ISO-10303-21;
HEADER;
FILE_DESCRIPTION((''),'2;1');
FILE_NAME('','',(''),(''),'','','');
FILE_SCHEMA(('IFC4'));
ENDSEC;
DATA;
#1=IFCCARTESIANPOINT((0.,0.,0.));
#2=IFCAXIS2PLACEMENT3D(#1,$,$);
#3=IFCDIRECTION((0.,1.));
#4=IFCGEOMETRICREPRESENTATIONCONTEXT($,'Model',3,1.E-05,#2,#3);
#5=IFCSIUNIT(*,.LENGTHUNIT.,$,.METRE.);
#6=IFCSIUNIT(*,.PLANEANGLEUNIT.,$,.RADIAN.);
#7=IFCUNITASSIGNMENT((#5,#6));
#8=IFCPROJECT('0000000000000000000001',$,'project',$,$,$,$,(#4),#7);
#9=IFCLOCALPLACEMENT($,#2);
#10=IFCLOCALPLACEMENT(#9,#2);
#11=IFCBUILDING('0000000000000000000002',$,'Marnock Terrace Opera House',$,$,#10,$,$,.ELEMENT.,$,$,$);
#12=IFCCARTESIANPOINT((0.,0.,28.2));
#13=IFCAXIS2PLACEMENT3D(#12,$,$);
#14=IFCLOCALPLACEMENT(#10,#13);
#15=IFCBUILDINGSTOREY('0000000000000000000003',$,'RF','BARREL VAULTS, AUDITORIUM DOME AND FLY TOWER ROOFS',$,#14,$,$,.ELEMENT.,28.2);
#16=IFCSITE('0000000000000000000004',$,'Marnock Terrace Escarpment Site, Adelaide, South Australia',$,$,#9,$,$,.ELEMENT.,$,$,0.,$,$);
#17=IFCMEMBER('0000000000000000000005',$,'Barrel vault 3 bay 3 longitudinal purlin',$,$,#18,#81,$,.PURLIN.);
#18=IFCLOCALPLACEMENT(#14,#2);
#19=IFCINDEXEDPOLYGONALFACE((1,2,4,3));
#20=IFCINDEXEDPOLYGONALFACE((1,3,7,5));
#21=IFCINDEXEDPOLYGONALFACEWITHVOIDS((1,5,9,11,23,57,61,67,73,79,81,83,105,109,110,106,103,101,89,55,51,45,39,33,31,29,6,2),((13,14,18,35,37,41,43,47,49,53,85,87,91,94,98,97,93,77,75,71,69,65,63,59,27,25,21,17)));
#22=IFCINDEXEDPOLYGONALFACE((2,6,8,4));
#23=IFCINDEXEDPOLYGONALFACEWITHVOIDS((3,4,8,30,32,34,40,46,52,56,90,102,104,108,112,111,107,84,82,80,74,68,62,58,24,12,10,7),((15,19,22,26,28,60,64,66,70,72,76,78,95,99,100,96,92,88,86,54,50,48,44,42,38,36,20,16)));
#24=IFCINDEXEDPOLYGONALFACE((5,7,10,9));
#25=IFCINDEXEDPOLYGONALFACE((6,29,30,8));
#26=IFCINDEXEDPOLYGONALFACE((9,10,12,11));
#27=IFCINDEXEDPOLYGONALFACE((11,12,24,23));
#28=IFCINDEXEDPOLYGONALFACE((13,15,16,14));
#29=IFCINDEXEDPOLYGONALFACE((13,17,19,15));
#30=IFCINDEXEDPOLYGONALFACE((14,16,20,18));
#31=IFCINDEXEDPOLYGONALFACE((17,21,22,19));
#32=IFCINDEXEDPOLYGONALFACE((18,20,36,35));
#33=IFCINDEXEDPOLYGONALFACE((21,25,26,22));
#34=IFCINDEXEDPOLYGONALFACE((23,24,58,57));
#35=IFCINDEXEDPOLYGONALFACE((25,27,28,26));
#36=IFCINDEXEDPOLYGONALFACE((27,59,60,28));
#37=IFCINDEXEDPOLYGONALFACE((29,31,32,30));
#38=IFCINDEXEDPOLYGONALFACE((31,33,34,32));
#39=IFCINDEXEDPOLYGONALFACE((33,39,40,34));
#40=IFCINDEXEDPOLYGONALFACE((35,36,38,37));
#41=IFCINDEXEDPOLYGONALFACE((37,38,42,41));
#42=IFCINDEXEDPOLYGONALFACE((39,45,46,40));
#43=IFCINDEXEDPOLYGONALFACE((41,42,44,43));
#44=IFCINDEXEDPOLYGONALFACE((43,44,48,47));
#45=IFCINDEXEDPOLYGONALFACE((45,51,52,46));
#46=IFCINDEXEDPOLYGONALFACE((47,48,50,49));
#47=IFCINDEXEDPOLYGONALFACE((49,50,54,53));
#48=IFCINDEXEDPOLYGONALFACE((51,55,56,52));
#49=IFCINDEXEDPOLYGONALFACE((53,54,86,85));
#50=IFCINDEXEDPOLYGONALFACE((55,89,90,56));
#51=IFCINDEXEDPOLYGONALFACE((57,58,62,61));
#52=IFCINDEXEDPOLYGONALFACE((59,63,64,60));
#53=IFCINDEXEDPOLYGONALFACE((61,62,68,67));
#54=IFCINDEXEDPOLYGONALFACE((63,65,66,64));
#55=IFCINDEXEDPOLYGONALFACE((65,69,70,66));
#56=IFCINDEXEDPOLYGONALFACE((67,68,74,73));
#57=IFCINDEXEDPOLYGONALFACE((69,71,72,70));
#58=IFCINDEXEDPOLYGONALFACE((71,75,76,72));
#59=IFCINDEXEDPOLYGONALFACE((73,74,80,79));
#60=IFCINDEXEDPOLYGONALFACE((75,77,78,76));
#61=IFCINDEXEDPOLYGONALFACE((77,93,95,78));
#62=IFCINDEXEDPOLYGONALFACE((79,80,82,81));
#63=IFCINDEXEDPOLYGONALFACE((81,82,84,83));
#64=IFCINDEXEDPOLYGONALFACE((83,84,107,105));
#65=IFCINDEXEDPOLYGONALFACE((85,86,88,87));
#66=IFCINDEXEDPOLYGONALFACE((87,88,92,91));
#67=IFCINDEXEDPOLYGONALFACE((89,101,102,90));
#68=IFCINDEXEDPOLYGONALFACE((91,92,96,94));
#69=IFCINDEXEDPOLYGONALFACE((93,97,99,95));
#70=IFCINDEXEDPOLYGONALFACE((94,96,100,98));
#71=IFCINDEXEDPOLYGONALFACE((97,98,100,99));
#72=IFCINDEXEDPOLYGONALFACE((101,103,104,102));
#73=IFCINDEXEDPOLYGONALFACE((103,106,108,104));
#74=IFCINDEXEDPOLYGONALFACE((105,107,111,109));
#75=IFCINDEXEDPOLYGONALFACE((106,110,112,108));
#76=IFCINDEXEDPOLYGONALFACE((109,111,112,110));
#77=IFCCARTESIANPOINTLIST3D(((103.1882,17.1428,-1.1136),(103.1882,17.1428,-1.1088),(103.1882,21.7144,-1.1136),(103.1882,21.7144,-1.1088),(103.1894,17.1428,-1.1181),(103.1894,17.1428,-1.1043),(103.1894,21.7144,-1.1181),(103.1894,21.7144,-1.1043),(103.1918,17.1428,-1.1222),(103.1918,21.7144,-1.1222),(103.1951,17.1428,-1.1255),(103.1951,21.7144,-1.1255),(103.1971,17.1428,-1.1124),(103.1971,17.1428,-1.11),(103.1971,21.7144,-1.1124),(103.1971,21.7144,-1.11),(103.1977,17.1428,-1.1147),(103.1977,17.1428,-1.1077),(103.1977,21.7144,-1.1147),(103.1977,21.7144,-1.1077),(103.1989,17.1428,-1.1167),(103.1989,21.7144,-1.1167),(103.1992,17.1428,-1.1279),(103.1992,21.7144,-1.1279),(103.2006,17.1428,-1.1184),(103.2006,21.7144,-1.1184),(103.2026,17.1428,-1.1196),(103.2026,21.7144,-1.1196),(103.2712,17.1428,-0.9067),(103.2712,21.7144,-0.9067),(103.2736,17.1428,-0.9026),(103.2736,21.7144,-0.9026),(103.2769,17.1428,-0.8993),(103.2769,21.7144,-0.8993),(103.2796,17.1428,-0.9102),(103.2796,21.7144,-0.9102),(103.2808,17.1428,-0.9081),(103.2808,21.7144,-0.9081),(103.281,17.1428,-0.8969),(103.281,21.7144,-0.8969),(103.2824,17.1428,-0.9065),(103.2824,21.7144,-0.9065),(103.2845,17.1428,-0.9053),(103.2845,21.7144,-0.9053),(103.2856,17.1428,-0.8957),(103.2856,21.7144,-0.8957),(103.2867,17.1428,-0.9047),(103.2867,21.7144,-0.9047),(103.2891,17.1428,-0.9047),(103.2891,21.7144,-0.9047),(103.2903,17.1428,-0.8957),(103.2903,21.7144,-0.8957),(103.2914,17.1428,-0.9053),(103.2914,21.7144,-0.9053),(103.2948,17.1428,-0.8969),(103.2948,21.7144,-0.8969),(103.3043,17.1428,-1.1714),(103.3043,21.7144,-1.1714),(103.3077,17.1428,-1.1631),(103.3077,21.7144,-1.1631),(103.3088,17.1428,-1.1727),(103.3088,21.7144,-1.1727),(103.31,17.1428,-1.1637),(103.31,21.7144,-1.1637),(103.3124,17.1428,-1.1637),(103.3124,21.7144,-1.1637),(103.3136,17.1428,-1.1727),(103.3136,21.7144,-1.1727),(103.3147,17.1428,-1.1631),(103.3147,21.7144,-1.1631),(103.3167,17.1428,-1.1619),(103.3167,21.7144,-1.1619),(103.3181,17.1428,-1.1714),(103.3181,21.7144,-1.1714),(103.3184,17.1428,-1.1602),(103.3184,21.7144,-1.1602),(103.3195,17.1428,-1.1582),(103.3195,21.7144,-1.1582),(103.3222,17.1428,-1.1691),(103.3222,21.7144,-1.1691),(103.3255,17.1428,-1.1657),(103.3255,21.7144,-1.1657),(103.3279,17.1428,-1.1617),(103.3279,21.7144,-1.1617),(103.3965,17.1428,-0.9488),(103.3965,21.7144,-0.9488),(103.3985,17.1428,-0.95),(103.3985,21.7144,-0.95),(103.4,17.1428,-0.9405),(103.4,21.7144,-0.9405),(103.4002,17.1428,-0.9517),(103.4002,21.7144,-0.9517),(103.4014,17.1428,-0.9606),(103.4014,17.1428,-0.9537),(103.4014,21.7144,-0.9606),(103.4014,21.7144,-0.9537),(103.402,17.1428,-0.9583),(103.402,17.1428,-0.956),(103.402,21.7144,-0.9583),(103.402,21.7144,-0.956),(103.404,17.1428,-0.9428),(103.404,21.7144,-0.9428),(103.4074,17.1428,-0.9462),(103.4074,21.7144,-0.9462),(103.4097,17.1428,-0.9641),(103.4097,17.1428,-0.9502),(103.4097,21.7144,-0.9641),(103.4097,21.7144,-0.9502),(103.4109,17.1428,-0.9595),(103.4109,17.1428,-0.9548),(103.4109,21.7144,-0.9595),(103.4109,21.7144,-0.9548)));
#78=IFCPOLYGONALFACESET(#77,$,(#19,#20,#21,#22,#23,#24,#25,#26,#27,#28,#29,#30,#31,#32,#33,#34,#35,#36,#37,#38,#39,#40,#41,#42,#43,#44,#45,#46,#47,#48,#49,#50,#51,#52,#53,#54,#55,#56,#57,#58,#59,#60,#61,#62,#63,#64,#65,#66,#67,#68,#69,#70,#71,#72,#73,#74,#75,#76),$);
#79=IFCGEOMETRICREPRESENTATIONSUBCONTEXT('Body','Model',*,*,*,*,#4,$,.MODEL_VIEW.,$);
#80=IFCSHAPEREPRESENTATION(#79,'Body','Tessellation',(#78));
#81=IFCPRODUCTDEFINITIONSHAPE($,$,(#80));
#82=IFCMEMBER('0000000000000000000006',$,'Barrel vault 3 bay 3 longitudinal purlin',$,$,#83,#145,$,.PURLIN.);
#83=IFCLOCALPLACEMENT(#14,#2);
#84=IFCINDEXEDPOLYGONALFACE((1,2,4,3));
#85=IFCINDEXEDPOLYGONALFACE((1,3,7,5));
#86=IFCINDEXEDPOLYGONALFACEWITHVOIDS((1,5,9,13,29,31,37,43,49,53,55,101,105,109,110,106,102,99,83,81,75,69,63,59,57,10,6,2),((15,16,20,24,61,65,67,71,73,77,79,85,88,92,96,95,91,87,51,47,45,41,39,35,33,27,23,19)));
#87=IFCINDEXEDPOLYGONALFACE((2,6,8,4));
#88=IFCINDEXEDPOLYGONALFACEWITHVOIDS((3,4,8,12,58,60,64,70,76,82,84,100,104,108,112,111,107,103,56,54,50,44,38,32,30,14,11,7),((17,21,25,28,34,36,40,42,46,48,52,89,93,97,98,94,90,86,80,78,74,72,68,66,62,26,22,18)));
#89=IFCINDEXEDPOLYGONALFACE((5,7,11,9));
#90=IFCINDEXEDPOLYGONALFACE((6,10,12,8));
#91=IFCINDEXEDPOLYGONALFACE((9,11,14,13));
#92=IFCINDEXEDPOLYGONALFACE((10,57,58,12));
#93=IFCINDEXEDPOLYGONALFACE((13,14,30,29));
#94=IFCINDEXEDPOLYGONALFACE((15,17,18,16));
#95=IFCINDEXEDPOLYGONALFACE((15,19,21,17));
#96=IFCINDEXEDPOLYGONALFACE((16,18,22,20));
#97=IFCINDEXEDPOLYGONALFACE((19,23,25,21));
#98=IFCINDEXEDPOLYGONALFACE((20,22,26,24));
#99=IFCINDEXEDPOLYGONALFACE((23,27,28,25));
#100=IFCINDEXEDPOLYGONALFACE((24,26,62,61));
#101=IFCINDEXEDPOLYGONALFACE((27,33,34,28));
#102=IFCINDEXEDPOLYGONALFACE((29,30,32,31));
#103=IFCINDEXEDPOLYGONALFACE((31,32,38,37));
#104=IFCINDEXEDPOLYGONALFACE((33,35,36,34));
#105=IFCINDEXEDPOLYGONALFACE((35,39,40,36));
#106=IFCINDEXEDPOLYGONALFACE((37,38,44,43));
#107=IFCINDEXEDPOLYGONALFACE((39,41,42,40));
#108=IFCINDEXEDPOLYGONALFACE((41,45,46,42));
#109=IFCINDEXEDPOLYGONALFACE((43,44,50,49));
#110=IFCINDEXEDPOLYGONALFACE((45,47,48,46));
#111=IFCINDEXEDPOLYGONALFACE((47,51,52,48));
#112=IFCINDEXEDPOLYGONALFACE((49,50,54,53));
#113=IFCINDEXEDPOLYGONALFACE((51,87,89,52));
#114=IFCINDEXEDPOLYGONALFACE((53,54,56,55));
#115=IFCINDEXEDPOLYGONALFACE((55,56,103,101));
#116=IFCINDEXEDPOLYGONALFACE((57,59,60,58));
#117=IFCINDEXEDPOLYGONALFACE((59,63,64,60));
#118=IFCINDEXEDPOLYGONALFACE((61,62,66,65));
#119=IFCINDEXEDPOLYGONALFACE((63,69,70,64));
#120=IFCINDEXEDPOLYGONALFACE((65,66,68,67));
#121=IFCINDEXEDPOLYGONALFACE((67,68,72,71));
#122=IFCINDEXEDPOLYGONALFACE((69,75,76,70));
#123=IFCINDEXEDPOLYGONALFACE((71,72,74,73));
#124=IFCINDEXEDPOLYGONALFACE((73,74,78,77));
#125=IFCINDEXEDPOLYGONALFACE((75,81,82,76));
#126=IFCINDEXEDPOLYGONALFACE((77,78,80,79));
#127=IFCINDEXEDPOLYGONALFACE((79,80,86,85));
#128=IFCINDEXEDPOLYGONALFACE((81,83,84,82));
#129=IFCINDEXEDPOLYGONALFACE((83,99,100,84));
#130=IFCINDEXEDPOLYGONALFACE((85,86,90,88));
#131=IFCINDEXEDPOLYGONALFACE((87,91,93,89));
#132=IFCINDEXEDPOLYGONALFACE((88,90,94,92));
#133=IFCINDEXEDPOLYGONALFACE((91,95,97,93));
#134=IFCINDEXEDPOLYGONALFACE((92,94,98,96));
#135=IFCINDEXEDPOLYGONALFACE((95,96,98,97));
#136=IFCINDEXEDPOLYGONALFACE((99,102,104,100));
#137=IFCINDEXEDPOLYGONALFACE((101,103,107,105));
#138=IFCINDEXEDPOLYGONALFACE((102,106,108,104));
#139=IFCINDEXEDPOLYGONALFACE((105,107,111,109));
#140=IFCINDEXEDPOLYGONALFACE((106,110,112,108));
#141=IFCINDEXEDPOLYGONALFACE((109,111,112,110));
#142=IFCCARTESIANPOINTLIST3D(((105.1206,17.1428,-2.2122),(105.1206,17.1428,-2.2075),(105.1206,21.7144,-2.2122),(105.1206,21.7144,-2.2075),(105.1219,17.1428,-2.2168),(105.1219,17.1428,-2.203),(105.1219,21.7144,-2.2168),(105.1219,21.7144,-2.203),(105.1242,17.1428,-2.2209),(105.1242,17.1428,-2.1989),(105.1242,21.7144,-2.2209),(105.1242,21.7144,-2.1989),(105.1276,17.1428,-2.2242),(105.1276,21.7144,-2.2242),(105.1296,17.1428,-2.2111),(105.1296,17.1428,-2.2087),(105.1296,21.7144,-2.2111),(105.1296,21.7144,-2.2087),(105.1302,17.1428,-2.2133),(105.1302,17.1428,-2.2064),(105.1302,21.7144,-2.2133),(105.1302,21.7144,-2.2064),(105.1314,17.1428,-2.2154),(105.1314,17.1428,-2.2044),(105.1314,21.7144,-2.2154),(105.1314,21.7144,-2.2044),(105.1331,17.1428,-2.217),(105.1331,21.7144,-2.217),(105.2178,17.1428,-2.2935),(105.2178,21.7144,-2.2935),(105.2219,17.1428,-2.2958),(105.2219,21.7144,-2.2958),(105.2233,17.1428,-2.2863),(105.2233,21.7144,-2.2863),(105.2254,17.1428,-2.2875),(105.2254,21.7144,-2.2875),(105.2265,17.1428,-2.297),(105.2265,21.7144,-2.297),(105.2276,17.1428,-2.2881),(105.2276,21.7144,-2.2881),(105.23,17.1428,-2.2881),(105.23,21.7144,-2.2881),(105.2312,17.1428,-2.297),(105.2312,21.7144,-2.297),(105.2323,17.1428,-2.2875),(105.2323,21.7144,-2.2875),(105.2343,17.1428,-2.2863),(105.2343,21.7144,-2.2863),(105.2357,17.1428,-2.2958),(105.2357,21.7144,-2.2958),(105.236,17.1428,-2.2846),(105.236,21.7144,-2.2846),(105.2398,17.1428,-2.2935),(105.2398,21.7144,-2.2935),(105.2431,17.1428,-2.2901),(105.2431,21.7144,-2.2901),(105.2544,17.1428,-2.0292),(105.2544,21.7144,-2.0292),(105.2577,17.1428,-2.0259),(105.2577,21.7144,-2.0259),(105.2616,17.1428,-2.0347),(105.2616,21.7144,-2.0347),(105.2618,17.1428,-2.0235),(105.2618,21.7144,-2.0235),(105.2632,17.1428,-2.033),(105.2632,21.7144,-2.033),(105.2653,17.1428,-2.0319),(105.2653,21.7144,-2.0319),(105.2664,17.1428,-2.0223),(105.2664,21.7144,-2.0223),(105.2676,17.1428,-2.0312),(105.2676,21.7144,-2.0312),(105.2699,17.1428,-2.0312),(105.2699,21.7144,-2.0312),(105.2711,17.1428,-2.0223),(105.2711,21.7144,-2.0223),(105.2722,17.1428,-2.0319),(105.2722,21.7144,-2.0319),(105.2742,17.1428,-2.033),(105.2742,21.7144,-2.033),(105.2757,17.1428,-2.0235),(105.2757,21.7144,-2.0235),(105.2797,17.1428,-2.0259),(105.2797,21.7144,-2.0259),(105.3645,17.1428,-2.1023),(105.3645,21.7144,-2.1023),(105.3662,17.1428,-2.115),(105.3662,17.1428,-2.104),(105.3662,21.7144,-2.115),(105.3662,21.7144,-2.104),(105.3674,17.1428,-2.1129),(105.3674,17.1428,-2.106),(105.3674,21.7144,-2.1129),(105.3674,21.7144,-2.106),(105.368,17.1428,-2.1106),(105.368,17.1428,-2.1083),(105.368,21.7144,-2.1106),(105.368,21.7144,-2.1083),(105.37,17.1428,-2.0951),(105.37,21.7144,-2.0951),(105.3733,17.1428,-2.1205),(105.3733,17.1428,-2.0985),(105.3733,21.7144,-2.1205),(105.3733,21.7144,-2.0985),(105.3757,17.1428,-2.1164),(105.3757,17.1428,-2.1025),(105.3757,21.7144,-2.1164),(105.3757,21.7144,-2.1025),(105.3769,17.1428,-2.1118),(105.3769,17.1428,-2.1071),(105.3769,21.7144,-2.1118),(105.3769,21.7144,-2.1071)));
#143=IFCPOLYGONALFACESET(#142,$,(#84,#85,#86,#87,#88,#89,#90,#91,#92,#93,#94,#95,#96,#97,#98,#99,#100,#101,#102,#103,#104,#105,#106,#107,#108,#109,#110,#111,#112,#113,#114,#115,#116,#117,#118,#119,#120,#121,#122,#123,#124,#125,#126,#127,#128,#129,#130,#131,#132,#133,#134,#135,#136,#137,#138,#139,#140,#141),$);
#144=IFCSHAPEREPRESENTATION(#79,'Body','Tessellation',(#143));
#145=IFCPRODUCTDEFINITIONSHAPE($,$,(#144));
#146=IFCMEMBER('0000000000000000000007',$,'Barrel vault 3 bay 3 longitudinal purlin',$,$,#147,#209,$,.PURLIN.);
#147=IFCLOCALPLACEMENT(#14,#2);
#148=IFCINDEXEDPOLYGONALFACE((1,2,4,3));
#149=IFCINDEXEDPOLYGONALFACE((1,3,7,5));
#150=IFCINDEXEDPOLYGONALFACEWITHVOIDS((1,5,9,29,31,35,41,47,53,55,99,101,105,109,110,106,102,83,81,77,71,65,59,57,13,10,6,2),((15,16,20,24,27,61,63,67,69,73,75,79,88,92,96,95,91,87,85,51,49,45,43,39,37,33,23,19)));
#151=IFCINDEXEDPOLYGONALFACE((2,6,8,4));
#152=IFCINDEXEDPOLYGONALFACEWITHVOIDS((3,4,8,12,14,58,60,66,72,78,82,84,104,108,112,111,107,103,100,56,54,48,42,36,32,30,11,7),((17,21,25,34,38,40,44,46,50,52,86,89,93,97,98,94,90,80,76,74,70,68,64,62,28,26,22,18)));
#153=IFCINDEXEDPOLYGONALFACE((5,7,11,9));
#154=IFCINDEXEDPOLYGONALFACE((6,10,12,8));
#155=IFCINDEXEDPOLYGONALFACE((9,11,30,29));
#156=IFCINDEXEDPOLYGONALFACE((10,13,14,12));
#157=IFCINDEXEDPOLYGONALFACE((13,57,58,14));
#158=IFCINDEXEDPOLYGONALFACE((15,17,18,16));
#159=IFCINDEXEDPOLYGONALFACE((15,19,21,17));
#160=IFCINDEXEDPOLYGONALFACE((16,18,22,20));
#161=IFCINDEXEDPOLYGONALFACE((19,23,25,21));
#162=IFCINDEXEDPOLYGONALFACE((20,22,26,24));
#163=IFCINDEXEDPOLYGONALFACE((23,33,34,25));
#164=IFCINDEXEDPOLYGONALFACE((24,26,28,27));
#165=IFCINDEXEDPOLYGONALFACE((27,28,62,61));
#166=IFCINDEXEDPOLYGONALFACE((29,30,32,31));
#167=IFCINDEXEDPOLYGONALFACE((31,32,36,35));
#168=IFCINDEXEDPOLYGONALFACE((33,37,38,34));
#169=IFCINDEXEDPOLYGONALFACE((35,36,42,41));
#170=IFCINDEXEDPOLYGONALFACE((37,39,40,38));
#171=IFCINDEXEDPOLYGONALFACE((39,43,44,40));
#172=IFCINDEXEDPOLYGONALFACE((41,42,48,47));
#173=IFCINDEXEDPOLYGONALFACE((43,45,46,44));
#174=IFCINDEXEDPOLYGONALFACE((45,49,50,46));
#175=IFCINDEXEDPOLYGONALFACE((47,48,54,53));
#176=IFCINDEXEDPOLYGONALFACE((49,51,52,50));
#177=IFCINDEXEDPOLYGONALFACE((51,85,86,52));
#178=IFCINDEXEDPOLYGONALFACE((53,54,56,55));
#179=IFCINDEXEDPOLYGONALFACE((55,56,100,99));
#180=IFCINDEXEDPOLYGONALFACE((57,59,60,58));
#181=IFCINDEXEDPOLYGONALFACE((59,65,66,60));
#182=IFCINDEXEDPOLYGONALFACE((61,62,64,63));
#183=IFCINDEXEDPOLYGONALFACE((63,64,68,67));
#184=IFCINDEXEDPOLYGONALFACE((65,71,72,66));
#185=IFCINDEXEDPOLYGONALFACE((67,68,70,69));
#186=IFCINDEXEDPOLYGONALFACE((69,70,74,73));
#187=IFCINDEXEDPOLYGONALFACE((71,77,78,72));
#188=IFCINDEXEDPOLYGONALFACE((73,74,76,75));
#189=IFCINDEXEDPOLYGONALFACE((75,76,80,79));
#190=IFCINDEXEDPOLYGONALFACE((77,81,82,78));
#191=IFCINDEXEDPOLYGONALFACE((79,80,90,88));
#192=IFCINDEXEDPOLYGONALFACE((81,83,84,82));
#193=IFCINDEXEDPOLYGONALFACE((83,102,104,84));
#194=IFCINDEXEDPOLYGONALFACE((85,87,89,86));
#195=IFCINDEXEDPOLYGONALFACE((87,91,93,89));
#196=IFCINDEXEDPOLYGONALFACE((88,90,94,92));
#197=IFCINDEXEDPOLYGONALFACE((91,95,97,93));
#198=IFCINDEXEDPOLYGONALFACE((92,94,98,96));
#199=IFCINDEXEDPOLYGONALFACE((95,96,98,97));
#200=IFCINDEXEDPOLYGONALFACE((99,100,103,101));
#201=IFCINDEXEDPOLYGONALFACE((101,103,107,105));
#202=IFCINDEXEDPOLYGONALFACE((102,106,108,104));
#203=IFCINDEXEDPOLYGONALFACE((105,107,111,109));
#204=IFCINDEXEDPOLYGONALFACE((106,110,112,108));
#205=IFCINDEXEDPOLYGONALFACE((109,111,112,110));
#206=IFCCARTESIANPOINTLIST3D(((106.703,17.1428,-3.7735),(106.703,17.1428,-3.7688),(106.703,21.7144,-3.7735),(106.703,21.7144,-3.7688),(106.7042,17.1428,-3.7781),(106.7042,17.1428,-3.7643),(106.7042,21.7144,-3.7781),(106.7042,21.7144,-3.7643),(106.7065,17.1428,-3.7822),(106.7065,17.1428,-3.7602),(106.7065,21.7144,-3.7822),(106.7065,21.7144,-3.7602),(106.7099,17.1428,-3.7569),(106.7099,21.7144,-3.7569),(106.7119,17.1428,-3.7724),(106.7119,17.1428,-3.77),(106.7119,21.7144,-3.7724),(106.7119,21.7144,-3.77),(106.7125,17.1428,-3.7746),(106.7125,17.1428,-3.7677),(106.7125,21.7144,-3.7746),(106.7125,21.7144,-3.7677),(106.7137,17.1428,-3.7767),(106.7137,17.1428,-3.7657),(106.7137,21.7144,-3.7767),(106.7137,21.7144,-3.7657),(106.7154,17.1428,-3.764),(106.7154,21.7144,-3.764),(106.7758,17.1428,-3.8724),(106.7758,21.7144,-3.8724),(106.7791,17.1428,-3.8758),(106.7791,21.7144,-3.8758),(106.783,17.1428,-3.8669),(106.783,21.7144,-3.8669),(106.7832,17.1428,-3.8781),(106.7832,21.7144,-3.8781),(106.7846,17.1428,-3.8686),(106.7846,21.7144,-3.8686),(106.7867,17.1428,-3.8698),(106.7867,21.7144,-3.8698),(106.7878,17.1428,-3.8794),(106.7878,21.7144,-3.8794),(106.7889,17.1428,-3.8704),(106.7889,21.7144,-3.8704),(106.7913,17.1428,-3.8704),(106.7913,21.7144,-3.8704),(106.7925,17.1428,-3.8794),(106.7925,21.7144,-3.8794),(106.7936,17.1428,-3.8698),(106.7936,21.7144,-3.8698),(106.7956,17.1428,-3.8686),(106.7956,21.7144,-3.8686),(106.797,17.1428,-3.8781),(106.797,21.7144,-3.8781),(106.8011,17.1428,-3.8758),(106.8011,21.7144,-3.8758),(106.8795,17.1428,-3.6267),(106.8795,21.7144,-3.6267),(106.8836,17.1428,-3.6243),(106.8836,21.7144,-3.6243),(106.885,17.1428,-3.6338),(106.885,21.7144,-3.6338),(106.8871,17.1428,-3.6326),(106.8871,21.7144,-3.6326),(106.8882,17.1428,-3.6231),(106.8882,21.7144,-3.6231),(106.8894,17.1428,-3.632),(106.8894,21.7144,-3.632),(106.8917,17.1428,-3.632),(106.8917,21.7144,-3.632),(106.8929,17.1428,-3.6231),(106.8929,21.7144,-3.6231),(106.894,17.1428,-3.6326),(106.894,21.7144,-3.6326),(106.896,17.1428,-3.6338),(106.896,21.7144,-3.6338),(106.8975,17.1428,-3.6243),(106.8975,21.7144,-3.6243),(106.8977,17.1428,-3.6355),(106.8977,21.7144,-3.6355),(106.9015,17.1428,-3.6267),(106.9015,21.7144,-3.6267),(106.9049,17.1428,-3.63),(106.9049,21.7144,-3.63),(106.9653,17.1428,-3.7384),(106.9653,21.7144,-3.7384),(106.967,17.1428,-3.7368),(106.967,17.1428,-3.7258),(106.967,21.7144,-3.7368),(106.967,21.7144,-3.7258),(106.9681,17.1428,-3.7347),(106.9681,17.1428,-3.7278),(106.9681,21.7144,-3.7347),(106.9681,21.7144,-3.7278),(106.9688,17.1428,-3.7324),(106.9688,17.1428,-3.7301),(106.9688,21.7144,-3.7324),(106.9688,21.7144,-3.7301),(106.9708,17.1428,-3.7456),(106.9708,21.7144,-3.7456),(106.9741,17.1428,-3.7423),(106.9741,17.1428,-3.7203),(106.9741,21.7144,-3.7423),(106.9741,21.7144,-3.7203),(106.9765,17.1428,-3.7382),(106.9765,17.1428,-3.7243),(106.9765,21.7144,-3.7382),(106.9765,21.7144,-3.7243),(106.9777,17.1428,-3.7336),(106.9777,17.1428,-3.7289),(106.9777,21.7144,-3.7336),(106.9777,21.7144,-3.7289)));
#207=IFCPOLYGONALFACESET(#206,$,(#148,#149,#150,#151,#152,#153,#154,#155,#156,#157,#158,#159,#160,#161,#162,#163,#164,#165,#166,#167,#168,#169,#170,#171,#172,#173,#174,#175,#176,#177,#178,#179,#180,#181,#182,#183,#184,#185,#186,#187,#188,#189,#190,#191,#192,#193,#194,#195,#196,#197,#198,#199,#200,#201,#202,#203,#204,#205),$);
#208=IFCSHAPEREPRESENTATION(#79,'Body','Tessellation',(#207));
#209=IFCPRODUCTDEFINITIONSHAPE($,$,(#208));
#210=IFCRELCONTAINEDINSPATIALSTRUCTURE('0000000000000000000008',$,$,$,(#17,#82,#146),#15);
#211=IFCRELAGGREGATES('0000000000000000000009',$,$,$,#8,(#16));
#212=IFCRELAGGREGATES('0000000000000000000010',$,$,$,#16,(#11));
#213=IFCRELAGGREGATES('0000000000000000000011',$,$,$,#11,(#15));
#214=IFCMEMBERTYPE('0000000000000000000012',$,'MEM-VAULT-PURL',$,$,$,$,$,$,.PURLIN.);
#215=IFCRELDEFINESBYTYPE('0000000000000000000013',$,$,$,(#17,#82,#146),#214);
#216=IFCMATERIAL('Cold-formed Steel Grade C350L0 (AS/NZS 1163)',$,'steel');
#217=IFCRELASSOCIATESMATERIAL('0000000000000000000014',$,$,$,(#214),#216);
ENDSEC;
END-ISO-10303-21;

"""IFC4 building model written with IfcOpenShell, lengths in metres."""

from ifc_helpers import new_model, si_unit, direction, frame, origin, origin_2d, place, context, subcontext, project, spatial, hollow_rectangle, extrude, material, material_profile, profile_set, type_object, element, save


model = new_model("IFC4")

# Units and contexts
model_context = context("Model", 3, precision=1e-05, world=origin(), true_north=direction((0.0, 1.0)))
body_context = subcontext(model_context, "Body", "Model", "MODEL_VIEW")
ifc_project = project(units=[si_unit("LENGTHUNIT", "METRE"), si_unit("PLANEANGLEUNIT", "RADIAN")], contexts=[model_context])

# Site, building, storey
site_placement = place(None, origin())
site = spatial("IfcSite", under=ifc_project, at=site_placement, Name="Marnock Terrace Escarpment Site, Adelaide, South Australia", CompositionType="ELEMENT", RefElevation=0.0)
building_placement = place(site_placement, origin())
building = spatial("IfcBuilding", under=site, at=building_placement, Name="Marnock Terrace Opera House", CompositionType="ELEMENT")
storey_placement = place(building_placement, frame((0.0, 0.0, 28.2)))
storey = spatial("IfcBuildingStorey", under=building, at=storey_placement, Name="RF", Description="BARREL VAULTS, AUDITORIUM DOME AND FLY TOWER ROOFS", CompositionType="ELEMENT", Elevation=28.2)

# Members
ifc_material_1 = material(Name="Cold-formed Steel Grade C350L0 (AS/NZS 1163)", Category="steel")
ifc_material_profile_1 = material_profile(ifc_material_1, hollow_rectangle(XDim=0.1499, YDim=0.25, WallThickness=0.009, InnerFilletRadius=0.009, OuterFilletRadius=0.0181, at=origin_2d()))
ifc_profile_set_1 = profile_set([ifc_material_profile_1], Name="Cold-formed Steel Grade C350L0 (AS/NZS 1163)")
member_type_1 = type_object("IfcMemberType", Name="MEM-VAULT-PURL", PredefinedType="PURLIN", material=ifc_profile_set_1)
for number, where, z_axis, x_axis, name in (
    (1, (103.2996, 17.1428, -1.0342), (0.0, 1.0, 0.0), (-0.92388, 0.0, 0.382683), "Barrel vault 3 bay 3 longitudinal purlin"),
    (2, (105.2488, 17.1428, -2.1597), (0.0, 1.0, 0.0), (-0.793353, 0.0, 0.608761), "Barrel vault 3 bay 3 longitudinal purlin"),
    (3, (106.8403, 17.1428, -3.7512), (0.0, 1.0, 0.0), (-0.608761, 0.0, 0.793353), "Barrel vault 3 bay 3 longitudinal purlin"),
):
    element("IfcMember", number, at=place(storey_placement, frame(where, z_axis=z_axis, x_axis=x_axis)), inside=storey, type_object=member_type_1, Name=name, PredefinedType="PURLIN", context=body_context, shape_type="SweptSolid", body=[
        extrude(hollow_rectangle(XDim=0.1499, YDim=0.25, WallThickness=0.009, InnerFilletRadius=0.009, OuterFilletRadius=0.0181, at=origin_2d()), origin(), (0.0, 0.0, 1.0), 4.5715),
    ])

save(model, "model.ifc")
